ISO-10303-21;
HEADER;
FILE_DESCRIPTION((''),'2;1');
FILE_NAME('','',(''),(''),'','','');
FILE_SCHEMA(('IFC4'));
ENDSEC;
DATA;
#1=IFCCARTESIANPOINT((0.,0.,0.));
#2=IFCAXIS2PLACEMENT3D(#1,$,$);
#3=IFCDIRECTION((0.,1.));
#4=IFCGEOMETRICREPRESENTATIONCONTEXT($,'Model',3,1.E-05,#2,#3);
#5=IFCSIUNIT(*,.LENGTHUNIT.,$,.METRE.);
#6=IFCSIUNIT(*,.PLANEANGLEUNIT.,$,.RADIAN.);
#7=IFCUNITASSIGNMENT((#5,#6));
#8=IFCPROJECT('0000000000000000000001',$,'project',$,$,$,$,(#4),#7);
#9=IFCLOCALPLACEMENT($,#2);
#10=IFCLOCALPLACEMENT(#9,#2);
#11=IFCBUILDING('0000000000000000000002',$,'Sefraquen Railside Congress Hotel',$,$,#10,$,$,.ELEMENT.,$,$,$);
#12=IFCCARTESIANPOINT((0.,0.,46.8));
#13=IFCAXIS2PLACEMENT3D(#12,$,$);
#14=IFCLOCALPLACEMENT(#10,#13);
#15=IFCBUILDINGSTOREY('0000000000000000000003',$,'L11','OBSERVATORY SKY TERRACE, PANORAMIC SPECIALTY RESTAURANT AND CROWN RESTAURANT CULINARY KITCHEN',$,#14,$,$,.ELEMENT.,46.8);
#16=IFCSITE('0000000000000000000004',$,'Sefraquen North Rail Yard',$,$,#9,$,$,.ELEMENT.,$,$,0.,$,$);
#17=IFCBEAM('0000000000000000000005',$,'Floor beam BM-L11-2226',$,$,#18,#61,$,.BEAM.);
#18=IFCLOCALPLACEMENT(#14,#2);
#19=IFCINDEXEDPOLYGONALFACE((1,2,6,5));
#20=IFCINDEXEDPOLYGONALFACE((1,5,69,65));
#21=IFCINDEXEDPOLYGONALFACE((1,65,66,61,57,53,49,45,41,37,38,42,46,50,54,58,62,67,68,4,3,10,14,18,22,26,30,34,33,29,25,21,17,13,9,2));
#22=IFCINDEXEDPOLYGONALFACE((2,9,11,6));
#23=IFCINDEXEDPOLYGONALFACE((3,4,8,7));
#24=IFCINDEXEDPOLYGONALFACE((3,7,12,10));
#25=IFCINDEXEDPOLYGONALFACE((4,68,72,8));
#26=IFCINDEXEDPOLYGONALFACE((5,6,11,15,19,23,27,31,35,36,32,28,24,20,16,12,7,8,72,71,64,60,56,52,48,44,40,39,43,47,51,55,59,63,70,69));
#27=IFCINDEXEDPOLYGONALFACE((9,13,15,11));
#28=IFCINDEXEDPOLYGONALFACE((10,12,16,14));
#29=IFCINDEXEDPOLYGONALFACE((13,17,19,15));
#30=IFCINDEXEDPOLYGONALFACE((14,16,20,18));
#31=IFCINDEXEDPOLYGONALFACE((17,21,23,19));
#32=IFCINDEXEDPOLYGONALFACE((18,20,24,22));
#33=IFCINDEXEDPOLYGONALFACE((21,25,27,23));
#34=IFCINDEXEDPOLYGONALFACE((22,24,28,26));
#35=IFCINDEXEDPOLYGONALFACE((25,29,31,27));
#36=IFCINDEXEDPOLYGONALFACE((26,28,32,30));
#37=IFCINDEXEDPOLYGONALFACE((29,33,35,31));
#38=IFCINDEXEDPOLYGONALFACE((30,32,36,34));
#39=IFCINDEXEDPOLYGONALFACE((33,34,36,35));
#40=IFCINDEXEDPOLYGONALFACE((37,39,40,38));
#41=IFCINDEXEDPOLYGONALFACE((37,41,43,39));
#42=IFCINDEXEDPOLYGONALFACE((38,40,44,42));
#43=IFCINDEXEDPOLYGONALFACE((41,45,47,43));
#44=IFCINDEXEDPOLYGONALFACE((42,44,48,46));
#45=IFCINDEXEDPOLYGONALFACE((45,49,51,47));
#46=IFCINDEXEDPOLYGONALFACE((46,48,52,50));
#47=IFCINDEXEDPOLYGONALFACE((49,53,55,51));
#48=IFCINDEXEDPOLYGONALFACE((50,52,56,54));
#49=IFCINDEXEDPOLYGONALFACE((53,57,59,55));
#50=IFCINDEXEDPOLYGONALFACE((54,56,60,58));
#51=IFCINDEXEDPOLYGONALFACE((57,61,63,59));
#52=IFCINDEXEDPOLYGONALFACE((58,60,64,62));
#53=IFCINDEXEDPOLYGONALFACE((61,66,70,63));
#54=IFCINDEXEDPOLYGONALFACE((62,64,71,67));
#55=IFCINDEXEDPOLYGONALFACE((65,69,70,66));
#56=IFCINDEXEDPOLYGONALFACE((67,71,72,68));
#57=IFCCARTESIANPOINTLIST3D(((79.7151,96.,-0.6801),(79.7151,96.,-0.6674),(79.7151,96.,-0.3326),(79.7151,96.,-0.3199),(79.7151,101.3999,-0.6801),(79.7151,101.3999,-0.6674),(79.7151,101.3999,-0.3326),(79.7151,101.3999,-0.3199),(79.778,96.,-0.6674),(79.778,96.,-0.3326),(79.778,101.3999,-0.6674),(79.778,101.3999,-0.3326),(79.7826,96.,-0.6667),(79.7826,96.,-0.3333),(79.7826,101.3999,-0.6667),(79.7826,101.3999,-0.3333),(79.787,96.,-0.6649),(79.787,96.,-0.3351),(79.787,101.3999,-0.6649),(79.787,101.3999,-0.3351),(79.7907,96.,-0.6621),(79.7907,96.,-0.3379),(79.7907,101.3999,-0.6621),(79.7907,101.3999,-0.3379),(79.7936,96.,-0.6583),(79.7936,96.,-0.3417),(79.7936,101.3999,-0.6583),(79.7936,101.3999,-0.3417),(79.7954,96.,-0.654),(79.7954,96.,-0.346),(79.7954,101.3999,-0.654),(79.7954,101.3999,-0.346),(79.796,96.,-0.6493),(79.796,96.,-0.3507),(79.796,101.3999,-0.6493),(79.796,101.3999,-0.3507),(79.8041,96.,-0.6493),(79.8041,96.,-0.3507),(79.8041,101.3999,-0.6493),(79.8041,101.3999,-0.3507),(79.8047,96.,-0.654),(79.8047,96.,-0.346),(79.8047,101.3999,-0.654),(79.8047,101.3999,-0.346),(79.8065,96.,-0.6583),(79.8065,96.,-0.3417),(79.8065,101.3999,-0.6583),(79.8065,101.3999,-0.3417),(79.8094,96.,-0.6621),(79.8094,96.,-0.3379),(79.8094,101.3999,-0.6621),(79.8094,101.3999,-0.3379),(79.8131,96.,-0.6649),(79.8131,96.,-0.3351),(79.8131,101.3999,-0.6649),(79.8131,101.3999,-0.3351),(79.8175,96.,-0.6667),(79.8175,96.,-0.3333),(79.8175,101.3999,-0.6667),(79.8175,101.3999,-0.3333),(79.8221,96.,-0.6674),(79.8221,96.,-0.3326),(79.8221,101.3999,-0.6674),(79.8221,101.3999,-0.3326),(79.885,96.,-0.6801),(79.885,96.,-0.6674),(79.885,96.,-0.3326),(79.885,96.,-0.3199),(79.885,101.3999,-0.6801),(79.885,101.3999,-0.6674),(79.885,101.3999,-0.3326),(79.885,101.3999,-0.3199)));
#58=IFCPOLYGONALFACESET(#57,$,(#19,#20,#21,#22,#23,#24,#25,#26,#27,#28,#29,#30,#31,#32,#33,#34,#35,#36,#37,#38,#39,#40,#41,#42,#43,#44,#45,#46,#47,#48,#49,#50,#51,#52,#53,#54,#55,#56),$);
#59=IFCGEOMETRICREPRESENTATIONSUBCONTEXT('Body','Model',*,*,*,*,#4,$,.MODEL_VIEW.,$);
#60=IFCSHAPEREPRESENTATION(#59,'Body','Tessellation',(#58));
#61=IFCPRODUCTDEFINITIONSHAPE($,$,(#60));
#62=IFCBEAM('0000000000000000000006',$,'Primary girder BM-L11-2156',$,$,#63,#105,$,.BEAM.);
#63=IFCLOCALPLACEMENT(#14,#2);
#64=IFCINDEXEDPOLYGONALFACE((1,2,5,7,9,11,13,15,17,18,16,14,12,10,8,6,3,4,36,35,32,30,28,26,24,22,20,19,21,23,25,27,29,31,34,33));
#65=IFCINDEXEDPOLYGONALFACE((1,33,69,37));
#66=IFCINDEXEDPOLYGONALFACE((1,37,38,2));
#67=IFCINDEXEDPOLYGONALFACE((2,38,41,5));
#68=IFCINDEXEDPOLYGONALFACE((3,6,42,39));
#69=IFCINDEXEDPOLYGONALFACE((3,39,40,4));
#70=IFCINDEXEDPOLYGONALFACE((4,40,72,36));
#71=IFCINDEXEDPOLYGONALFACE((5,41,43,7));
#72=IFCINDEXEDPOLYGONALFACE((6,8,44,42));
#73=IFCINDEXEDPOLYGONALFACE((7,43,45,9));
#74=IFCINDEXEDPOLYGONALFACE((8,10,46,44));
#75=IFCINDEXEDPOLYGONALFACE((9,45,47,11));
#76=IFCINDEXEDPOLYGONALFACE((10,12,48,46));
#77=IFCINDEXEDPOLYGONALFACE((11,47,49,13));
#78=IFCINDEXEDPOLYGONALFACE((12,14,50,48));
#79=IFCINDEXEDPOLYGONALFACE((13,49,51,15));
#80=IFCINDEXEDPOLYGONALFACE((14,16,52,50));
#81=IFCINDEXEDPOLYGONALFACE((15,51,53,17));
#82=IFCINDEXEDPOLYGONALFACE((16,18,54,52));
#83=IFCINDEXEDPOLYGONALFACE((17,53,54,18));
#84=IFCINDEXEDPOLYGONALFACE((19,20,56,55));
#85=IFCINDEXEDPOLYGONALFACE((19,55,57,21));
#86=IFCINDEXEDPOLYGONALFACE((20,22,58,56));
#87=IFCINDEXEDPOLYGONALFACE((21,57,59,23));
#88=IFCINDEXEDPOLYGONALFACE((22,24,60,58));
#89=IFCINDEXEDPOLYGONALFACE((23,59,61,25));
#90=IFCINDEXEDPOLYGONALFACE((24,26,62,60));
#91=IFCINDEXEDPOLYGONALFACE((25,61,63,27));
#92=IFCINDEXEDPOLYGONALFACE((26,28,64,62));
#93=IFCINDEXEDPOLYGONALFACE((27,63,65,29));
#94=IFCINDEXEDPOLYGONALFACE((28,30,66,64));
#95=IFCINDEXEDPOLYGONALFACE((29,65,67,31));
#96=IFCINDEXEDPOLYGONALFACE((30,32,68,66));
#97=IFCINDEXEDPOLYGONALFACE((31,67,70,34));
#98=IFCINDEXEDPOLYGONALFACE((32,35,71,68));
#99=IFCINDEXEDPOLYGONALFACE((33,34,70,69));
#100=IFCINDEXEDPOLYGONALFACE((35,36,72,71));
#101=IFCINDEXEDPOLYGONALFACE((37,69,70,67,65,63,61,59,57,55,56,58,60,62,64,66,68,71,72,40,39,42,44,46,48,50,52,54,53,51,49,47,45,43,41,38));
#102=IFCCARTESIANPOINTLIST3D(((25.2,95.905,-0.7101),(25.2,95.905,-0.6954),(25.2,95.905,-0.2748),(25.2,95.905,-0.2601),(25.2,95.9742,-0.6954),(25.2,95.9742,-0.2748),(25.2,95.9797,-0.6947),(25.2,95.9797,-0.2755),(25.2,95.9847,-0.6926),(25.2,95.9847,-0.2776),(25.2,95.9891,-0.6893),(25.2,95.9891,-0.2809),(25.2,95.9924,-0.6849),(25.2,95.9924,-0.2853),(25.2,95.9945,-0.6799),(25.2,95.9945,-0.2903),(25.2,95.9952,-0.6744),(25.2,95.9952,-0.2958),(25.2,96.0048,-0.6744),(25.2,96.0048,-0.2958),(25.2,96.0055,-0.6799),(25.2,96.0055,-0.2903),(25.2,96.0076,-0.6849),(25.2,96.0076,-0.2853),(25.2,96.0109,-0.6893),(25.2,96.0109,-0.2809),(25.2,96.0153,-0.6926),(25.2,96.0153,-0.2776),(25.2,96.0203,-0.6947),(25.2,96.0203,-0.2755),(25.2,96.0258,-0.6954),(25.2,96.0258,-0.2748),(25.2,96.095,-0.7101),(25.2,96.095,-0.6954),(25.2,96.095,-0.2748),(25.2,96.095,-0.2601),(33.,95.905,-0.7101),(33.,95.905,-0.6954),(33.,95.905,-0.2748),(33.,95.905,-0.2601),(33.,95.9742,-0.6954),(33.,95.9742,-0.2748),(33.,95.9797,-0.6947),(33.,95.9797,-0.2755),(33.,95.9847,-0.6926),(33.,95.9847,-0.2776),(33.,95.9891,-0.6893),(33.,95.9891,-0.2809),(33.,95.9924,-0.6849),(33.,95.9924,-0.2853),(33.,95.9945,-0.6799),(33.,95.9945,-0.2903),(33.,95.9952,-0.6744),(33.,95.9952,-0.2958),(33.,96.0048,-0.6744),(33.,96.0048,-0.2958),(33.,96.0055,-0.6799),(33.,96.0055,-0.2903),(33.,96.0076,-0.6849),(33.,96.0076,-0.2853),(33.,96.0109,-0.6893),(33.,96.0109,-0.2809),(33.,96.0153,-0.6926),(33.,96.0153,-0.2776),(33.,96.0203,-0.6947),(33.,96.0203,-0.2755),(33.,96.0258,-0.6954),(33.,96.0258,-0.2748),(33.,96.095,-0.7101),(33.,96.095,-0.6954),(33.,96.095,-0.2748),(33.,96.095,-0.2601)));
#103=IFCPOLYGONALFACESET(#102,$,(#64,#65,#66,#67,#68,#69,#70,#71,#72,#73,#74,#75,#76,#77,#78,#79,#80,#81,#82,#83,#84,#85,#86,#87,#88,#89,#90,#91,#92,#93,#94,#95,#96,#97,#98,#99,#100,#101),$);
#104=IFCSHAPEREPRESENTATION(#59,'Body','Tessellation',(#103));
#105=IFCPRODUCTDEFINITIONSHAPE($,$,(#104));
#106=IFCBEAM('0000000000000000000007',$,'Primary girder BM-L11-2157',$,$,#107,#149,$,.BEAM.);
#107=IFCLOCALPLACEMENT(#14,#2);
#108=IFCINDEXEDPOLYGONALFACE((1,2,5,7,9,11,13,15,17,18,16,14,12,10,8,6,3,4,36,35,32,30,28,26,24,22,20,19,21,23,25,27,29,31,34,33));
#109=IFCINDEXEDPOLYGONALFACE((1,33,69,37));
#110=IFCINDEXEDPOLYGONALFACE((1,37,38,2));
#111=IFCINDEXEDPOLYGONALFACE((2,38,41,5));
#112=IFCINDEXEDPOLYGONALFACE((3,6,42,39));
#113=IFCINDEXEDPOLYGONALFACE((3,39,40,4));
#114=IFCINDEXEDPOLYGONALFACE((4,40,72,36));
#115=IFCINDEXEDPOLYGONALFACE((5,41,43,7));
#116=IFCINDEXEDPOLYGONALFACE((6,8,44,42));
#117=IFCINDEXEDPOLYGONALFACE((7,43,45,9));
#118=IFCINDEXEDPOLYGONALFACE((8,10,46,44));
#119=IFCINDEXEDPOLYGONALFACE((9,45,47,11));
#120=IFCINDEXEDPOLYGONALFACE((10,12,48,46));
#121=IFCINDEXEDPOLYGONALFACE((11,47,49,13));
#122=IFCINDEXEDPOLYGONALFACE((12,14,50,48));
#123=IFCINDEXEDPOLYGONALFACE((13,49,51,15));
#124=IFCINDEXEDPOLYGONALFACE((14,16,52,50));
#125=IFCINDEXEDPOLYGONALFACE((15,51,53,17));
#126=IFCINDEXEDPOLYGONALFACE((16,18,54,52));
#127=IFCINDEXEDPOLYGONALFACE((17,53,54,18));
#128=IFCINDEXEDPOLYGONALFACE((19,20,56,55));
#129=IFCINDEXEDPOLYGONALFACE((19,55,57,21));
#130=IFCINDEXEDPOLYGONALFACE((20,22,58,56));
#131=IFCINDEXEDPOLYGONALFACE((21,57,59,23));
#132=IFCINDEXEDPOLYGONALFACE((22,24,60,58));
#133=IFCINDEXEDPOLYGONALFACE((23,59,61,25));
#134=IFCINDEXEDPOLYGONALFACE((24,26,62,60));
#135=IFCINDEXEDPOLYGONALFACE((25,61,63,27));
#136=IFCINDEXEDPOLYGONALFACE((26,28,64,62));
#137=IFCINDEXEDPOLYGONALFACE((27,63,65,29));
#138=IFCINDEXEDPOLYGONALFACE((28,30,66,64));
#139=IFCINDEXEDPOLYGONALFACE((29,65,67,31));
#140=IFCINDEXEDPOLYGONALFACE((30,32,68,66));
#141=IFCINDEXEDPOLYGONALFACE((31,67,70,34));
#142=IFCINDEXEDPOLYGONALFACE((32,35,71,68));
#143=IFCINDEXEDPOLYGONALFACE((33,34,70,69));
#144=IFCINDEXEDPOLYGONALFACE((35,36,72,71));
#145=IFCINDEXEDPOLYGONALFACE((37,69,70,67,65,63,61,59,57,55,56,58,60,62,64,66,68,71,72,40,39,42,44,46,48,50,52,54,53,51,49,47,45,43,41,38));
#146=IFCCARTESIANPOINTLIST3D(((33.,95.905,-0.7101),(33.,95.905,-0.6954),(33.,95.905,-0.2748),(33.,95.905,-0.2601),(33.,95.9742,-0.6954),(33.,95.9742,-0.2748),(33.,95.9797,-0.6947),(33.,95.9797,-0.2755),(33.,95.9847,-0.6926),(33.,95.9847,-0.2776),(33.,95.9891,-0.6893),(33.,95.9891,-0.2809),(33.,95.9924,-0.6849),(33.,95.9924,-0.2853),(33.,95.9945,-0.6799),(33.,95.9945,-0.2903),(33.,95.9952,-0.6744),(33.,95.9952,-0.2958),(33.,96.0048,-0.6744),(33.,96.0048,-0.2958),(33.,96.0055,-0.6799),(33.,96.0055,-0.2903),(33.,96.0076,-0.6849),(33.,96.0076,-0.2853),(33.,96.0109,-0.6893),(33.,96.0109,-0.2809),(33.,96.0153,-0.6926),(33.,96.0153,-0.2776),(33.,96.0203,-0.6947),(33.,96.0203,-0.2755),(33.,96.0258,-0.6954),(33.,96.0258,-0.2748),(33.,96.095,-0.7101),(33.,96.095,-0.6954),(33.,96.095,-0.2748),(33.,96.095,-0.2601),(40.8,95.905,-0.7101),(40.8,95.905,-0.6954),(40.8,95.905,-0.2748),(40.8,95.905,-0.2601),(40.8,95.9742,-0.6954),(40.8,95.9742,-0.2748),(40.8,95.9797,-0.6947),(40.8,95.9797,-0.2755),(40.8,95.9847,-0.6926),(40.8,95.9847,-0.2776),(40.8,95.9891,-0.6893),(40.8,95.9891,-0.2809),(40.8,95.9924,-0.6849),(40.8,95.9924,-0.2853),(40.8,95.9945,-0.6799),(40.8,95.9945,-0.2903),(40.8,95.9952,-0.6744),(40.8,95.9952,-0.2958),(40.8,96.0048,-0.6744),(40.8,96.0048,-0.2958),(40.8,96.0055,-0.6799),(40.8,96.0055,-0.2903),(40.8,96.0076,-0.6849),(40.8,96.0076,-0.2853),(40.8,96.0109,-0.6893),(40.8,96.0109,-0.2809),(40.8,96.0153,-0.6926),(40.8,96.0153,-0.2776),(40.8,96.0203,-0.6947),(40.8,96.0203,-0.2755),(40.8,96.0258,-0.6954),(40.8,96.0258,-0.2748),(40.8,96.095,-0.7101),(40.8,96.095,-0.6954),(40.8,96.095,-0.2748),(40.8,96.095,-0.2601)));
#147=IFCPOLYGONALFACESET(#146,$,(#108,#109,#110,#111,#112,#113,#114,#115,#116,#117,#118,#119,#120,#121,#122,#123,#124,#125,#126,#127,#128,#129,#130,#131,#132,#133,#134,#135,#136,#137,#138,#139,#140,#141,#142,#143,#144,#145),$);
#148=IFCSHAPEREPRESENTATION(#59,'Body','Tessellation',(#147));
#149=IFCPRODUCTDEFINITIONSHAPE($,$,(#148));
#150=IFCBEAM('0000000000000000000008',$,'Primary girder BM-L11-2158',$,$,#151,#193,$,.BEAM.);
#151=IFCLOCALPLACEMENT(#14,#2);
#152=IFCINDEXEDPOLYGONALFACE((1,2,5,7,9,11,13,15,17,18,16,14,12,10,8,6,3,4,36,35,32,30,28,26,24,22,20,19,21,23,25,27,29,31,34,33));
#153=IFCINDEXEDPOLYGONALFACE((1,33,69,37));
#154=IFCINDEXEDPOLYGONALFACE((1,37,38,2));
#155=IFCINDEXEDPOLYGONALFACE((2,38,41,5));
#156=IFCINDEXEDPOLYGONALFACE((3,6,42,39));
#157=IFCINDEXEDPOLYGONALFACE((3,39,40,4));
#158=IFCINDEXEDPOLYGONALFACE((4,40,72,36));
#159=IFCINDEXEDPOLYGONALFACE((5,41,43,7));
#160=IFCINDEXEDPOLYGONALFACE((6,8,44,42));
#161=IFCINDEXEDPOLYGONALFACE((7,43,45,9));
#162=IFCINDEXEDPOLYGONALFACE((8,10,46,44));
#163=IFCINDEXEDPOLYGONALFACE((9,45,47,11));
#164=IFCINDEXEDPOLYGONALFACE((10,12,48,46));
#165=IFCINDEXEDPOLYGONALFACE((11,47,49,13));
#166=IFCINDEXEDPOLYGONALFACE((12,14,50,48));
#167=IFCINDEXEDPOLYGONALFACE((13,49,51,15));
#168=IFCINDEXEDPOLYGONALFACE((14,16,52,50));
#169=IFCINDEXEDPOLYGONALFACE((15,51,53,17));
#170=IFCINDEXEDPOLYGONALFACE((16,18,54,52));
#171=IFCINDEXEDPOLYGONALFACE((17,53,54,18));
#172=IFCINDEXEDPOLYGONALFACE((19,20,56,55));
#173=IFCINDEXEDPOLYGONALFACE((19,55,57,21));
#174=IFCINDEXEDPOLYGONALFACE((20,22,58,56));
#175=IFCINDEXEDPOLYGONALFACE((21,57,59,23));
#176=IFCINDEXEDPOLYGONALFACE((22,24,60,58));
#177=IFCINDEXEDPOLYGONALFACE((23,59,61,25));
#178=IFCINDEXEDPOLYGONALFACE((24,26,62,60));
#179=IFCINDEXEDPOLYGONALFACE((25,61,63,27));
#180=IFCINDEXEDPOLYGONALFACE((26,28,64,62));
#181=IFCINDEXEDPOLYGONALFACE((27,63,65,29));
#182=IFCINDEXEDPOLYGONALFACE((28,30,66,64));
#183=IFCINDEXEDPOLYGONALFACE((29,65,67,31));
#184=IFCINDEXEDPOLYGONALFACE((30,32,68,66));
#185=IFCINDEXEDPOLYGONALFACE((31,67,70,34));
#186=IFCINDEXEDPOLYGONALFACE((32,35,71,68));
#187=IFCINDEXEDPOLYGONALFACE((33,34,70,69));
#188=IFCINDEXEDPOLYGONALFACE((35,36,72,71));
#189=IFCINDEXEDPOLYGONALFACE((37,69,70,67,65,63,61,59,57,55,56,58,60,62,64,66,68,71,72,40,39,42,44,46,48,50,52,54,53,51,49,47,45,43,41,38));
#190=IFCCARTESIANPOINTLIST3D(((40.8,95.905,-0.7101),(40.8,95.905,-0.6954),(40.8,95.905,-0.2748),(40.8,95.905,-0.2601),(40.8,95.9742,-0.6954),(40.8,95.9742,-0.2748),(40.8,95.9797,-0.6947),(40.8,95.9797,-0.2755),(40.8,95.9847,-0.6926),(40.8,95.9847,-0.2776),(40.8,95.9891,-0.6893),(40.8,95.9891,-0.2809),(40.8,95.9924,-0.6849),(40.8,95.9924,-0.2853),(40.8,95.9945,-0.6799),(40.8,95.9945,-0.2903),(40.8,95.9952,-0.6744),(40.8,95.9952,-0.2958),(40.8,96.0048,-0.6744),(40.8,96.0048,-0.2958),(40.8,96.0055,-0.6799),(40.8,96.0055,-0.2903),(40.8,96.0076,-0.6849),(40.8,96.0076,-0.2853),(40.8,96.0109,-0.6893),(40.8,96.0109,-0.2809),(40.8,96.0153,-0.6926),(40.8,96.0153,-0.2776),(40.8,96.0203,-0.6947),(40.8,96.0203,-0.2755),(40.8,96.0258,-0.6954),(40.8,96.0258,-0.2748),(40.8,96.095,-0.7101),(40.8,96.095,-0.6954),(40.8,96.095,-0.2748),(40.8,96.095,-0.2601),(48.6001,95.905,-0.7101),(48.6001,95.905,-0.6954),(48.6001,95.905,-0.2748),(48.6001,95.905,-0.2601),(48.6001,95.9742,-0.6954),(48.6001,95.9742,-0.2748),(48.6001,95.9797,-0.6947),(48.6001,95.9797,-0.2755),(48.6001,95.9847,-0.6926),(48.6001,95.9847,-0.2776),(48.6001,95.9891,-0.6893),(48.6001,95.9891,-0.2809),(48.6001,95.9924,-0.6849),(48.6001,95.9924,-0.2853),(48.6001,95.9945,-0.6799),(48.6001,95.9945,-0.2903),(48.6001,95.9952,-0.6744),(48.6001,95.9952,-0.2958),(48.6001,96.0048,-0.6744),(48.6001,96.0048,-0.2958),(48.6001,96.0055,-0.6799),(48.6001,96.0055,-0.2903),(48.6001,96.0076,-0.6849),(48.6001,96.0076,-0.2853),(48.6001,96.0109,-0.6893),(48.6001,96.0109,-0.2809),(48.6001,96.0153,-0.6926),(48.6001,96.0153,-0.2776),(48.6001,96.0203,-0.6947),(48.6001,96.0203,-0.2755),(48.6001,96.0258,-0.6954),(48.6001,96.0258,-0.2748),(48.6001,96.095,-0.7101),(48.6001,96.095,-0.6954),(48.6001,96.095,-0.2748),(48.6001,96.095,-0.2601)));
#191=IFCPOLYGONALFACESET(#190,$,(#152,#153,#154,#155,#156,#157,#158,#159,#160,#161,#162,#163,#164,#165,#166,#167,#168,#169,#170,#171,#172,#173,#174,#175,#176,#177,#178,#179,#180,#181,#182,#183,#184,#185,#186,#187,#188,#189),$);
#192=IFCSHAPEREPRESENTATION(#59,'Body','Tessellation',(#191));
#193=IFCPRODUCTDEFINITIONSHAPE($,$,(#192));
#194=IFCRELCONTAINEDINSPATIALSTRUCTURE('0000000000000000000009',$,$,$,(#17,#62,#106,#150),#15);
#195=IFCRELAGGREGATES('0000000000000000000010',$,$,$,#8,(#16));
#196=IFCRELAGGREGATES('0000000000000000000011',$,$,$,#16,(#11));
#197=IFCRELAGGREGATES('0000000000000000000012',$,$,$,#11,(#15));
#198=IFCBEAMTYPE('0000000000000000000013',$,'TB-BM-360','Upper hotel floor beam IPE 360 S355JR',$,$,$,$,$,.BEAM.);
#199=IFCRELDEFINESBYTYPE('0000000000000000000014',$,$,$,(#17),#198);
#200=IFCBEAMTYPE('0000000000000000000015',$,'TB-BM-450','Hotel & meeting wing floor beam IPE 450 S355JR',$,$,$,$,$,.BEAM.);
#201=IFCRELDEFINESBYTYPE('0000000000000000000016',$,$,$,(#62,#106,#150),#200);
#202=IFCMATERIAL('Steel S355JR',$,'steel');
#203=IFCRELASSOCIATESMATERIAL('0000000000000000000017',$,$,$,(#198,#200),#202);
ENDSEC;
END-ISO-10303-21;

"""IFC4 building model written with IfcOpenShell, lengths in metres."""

from ifc_helpers import new_model, si_unit, direction, frame, origin, origin_2d, place, context, subcontext, project, spatial, i_section, extrude, material, material_profile, profile_set, type_object, element, save


model = new_model("IFC4")

# Units and contexts
model_context = context("Model", 3, precision=1e-05, world=origin(), true_north=direction((0.0, 1.0)))
body_context = subcontext(model_context, "Body", "Model", "MODEL_VIEW")
ifc_project = project(units=[si_unit("LENGTHUNIT", "METRE"), si_unit("PLANEANGLEUNIT", "RADIAN")], contexts=[model_context])

# Site, building, storey
site_placement = place(None, origin())
site = spatial("IfcSite", under=ifc_project, at=site_placement, Name="Sefraquen North Rail Yard", CompositionType="ELEMENT", RefElevation=0.0)
building_placement = place(site_placement, origin())
building = spatial("IfcBuilding", under=site, at=building_placement, Name="Sefraquen Railside Congress Hotel", CompositionType="ELEMENT")
storey_placement = place(building_placement, frame((0.0, 0.0, 46.8)))
storey = spatial("IfcBuildingStorey", under=building, at=storey_placement, Name="L11", Description="OBSERVATORY SKY TERRACE, PANORAMIC SPECIALTY RESTAURANT AND CROWN RESTAURANT CULINARY KITCHEN", CompositionType="ELEMENT", Elevation=46.8)

# Shared definitions
ifc_material = material(Name="Steel S355JR", Category="steel")

# Beams
ifc_material_profile_1 = material_profile(ifc_material, i_section(OverallWidth=0.1699, OverallDepth=0.3601, WebThickness=0.0081, FlangeThickness=0.0127, FilletRadius=0.0181, at=origin_2d()), Name="IPE 360")
ifc_profile_set_1 = profile_set([ifc_material_profile_1], Name="Steel S355JR")
beam_type_1 = type_object("IfcBeamType", Name="TB-BM-360", Description="Upper hotel floor beam IPE 360 S355JR", PredefinedType="BEAM", material=ifc_profile_set_1)
for number, where, z_axis, x_axis, name in (
    (1, (79.8, 96.0, -0.5), (0.0, 1.0, 0.0), (-1.0, 0.0, 0.0), "Floor beam BM-L11-2226"),
):
    element("IfcBeam", number, at=place(storey_placement, frame(where, z_axis=z_axis, x_axis=x_axis)), inside=storey, type_object=beam_type_1, Name=name, PredefinedType="BEAM", context=body_context, shape_type="SweptSolid", body=[
        extrude(i_section(OverallWidth=0.1699, OverallDepth=0.3601, WebThickness=0.0081, FlangeThickness=0.0127, FilletRadius=0.0181, at=origin_2d()), origin(), (0.0, 0.0, 1.0), 5.3999),
    ])
ifc_material_profile_2 = material_profile(ifc_material, i_section(OverallWidth=0.1899, OverallDepth=0.45, WebThickness=0.0095, FlangeThickness=0.0146, FilletRadius=0.021, at=origin_2d()), Name="IPE 450")
ifc_profile_set_2 = profile_set([ifc_material_profile_2], Name="Steel S355JR")
beam_type_2 = type_object("IfcBeamType", Name="TB-BM-450", Description="Hotel & meeting wing floor beam IPE 450 S355JR", PredefinedType="BEAM", material=ifc_profile_set_2)
for number, where, z_axis, x_axis, name in (
    (2, (25.2, 96.0, -0.4851), (1.0, 0.0, 0.0), (0.0, 1.0, 0.0), "Primary girder BM-L11-2156"),
    (3, (33.0, 96.0, -0.4851), (1.0, 0.0, 0.0), (0.0, 1.0, 0.0), "Primary girder BM-L11-2157"),
    (4, (40.8, 96.0, -0.4851), (1.0, 0.0, 0.0), (0.0, 1.0, 0.0), "Primary girder BM-L11-2158"),
):
    element("IfcBeam", number, at=place(storey_placement, frame(where, z_axis=z_axis, x_axis=x_axis)), inside=storey, type_object=beam_type_2, Name=name, PredefinedType="BEAM", context=body_context, shape_type="SweptSolid", body=[
        extrude(i_section(OverallWidth=0.1899, OverallDepth=0.45, WebThickness=0.0095, FlangeThickness=0.0146, FilletRadius=0.021, at=origin_2d()), origin(), (0.0, 0.0, 1.0), 7.8),
    ])

save(model, "model.ifc")
